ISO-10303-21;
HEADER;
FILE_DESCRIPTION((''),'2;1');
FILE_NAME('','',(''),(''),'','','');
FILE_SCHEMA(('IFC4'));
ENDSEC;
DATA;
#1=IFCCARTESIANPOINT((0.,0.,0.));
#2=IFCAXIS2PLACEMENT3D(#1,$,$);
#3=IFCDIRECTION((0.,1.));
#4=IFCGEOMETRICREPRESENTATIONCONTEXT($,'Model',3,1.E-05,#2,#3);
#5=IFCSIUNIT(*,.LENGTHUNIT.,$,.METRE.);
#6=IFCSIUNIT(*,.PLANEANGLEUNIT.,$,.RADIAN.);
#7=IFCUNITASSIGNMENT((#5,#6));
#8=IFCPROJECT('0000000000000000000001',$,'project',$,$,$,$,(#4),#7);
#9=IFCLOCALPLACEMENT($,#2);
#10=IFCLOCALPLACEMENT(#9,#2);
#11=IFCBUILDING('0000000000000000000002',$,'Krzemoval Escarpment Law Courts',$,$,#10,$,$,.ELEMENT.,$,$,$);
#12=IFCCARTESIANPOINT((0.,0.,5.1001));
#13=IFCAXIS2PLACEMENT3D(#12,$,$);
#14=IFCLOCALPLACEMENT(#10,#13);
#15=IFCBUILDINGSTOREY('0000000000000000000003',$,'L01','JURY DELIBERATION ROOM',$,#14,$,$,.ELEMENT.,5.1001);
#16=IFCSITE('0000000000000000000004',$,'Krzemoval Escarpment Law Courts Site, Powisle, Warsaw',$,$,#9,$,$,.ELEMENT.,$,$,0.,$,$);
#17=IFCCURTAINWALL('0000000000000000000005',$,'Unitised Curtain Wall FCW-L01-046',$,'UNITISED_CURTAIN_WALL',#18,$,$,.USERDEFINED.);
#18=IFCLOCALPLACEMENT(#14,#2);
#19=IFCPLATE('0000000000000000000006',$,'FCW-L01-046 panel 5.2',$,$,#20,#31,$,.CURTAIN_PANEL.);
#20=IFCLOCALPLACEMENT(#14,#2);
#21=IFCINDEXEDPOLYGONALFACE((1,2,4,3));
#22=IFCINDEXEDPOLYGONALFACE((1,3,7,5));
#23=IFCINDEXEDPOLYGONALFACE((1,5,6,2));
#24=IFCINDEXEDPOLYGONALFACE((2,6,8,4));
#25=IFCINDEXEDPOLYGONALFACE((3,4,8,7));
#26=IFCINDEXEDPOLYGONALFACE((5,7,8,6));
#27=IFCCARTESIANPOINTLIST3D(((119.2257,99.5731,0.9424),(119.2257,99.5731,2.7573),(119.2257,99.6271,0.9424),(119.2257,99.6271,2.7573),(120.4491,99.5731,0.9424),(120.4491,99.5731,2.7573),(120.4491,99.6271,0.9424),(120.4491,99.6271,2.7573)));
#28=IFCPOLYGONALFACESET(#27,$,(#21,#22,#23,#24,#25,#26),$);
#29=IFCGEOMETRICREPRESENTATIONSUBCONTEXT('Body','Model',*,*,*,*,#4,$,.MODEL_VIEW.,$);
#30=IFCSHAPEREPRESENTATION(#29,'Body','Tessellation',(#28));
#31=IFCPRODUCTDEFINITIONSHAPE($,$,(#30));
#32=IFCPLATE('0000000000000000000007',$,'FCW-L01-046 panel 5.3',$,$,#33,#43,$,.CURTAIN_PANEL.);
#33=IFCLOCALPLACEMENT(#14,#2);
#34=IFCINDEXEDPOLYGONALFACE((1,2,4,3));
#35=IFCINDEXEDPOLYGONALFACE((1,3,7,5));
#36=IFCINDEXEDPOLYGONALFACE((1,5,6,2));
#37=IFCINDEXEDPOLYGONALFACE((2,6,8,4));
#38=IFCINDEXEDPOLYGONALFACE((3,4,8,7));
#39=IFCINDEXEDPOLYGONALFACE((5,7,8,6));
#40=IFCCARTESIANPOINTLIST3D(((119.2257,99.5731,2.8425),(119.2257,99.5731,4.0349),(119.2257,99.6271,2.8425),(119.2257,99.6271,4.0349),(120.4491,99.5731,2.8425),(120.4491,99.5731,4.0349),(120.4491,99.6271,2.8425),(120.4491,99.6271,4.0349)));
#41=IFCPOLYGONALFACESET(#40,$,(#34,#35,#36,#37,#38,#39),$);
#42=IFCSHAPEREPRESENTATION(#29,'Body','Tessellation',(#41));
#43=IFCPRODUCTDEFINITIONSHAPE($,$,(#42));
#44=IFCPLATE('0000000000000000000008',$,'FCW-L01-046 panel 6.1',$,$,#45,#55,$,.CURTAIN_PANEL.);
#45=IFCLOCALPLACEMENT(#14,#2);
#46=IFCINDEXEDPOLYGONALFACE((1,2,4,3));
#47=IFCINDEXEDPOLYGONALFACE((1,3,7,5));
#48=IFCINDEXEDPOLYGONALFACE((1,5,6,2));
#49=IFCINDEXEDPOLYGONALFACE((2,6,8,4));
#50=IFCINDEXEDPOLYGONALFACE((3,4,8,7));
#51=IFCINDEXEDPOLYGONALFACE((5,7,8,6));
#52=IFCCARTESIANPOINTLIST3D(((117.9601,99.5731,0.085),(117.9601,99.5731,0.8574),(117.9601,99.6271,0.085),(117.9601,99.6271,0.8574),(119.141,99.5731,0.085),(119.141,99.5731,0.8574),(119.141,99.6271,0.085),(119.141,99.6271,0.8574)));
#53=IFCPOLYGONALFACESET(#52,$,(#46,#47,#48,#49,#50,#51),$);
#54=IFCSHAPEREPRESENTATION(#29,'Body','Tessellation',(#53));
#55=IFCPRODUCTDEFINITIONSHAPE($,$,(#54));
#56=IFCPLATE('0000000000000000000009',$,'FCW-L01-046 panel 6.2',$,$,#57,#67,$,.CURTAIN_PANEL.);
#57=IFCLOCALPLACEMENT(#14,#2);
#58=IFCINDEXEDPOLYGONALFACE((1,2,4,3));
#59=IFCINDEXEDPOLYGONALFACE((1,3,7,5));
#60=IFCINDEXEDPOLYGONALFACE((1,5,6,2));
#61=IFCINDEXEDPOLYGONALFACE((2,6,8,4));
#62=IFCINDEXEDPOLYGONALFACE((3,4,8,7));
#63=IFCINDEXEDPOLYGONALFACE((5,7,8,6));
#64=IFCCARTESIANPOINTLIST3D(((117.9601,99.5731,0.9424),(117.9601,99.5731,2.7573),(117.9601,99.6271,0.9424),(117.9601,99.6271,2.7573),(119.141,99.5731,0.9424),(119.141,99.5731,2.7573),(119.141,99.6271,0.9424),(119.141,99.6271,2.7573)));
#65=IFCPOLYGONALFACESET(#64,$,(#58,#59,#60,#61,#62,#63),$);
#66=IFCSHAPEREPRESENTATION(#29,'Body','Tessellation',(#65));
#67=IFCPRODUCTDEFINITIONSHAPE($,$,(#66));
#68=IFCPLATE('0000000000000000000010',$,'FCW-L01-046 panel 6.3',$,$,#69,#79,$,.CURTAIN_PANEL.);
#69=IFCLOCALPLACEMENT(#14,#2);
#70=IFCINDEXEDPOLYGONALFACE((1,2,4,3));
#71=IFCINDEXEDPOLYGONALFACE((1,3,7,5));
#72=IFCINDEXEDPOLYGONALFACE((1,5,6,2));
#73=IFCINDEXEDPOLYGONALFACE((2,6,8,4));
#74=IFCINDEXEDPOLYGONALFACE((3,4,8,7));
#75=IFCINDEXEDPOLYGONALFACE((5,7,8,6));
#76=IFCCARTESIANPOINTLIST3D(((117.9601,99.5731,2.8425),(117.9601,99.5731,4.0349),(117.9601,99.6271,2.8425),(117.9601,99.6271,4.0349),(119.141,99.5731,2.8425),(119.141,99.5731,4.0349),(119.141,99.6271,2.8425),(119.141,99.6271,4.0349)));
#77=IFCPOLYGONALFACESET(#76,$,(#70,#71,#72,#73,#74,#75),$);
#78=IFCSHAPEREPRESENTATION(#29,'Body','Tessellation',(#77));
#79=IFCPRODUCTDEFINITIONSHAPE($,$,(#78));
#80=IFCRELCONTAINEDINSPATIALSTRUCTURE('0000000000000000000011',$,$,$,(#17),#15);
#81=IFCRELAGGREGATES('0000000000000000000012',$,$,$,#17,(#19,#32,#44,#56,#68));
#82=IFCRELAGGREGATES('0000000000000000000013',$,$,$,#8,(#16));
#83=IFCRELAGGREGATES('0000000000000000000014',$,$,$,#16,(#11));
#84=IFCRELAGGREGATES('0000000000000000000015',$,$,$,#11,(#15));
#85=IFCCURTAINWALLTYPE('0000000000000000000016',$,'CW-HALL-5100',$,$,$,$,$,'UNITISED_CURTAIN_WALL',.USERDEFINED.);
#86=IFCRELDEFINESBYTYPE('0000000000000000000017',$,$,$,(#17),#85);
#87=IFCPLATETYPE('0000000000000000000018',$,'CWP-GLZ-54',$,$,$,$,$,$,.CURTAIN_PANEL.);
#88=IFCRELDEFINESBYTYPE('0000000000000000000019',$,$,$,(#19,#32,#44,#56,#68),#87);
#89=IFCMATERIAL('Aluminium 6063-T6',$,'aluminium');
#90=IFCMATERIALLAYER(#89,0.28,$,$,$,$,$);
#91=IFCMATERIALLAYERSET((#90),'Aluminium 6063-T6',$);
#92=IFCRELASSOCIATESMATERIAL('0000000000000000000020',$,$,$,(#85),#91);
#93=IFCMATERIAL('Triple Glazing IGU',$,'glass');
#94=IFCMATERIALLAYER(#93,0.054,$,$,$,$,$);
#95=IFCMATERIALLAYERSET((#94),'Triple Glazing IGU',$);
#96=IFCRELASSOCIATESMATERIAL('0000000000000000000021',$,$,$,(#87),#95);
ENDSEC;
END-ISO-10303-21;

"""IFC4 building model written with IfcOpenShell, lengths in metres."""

from ifc_helpers import new_model, si_unit, direction, frame, origin, origin_2d, place, context, subcontext, project, spatial, rectangle, extrude, material, layer, layer_set, type_object, element, aggregate, save


model = new_model("IFC4")

# Units and contexts
model_context = context("Model", 3, precision=1e-05, world=origin(), true_north=direction((0.0, 1.0)))
body_context = subcontext(model_context, "Body", "Model", "MODEL_VIEW")
ifc_project = project(units=[si_unit("LENGTHUNIT", "METRE"), si_unit("PLANEANGLEUNIT", "RADIAN")], contexts=[model_context])

# Site, building, storey
site_placement = place(None, origin())
site = spatial("IfcSite", under=ifc_project, at=site_placement, Name="Krzemoval Escarpment Law Courts Site, Powisle, Warsaw", CompositionType="ELEMENT", RefElevation=0.0)
building_placement = place(site_placement, origin())
building = spatial("IfcBuilding", under=site, at=building_placement, Name="Krzemoval Escarpment Law Courts", CompositionType="ELEMENT")
storey_placement = place(building_placement, frame((0.0, 0.0, 5.1001)))
storey = spatial("IfcBuildingStorey", under=building, at=storey_placement, Name="L01", Description="JURY DELIBERATION ROOM", CompositionType="ELEMENT", Elevation=5.1001)

# Curtain wall
ifc_material_1 = material(Name="Aluminium 6063-T6", Category="aluminium")
ifc_layer_1 = layer(ifc_material_1, 0.28)
ifc_layer_set_1 = layer_set([ifc_layer_1], Name="Aluminium 6063-T6")
curtain_wall_type = type_object("IfcCurtainWallType", Name="CW-HALL-5100", ElementType="UNITISED_CURTAIN_WALL", PredefinedType="USERDEFINED", material=ifc_layer_set_1)
curtain_wall_1_placement = place(storey_placement, origin())
curtain_wall_1 = element("IfcCurtainWall", 1, at=curtain_wall_1_placement, inside=storey, type_object=curtain_wall_type, Name="Unitised Curtain Wall FCW-L01-046", ObjectType="UNITISED_CURTAIN_WALL", PredefinedType="USERDEFINED")

# Plates
ifc_material_2 = material(Name="Triple Glazing IGU", Category="glass")
ifc_layer_2 = layer(ifc_material_2, 0.054)
ifc_layer_set_2 = layer_set([ifc_layer_2], Name="Triple Glazing IGU")
plate_type = type_object("IfcPlateType", Name="CWP-GLZ-54", PredefinedType="CURTAIN_PANEL", material=ifc_layer_set_2)
plate_1_placement = place(storey_placement, frame((119.8374, 99.6001, 0.9424), z_axis=(0.0, 0.0, 1.0), x_axis=(-1.0, 0.0, 0.0)))
plate_1 = element("IfcPlate", 2, at=plate_1_placement, type_object=plate_type, Name="FCW-L01-046 panel 5.2", PredefinedType="CURTAIN_PANEL", context=body_context, shape_type="SweptSolid", body=[
    extrude(rectangle(XDim=1.2234, YDim=0.054, at=origin_2d()), origin(), (0.0, 0.0, 1.0), 1.8149),
])
plate_2_placement = place(storey_placement, frame((119.8374, 99.6001, 2.8425), z_axis=(0.0, 0.0, 1.0), x_axis=(-1.0, 0.0, 0.0)))
plate_2 = element("IfcPlate", 3, at=plate_2_placement, type_object=plate_type, Name="FCW-L01-046 panel 5.3", PredefinedType="CURTAIN_PANEL", context=body_context, shape_type="SweptSolid", body=[
    extrude(rectangle(XDim=1.2234, YDim=0.054, at=origin_2d()), origin(), (0.0, 0.0, 1.0), 1.1924),
])
plate_3_placement = place(storey_placement, frame((118.5505, 99.6001, 0.085), z_axis=(0.0, 0.0, 1.0), x_axis=(-1.0, 0.0, 0.0)))
plate_3 = element("IfcPlate", 4, at=plate_3_placement, type_object=plate_type, Name="FCW-L01-046 panel 6.1", PredefinedType="CURTAIN_PANEL", context=body_context, shape_type="SweptSolid", body=[
    extrude(rectangle(XDim=1.1809, YDim=0.054, at=origin_2d()), origin(), (0.0, 0.0, 1.0), 0.7725),
])
plate_4_placement = place(storey_placement, frame((118.5505, 99.6001, 0.9424), z_axis=(0.0, 0.0, 1.0), x_axis=(-1.0, 0.0, 0.0)))
plate_4 = element("IfcPlate", 5, at=plate_4_placement, type_object=plate_type, Name="FCW-L01-046 panel 6.2", PredefinedType="CURTAIN_PANEL", context=body_context, shape_type="SweptSolid", body=[
    extrude(rectangle(XDim=1.1809, YDim=0.054, at=origin_2d()), origin(), (0.0, 0.0, 1.0), 1.8149),
])
plate_5_placement = place(storey_placement, frame((118.5505, 99.6001, 2.8425), z_axis=(0.0, 0.0, 1.0), x_axis=(-1.0, 0.0, 0.0)))
plate_5 = element("IfcPlate", 6, at=plate_5_placement, type_object=plate_type, Name="FCW-L01-046 panel 6.3", PredefinedType="CURTAIN_PANEL", context=body_context, shape_type="SweptSolid", body=[
    extrude(rectangle(XDim=1.1809, YDim=0.054, at=origin_2d()), origin(), (0.0, 0.0, 1.0), 1.1924),
])
aggregate(curtain_wall_1, [plate_1, plate_2, plate_3, plate_4, plate_5])

save(model, "model.ifc")
